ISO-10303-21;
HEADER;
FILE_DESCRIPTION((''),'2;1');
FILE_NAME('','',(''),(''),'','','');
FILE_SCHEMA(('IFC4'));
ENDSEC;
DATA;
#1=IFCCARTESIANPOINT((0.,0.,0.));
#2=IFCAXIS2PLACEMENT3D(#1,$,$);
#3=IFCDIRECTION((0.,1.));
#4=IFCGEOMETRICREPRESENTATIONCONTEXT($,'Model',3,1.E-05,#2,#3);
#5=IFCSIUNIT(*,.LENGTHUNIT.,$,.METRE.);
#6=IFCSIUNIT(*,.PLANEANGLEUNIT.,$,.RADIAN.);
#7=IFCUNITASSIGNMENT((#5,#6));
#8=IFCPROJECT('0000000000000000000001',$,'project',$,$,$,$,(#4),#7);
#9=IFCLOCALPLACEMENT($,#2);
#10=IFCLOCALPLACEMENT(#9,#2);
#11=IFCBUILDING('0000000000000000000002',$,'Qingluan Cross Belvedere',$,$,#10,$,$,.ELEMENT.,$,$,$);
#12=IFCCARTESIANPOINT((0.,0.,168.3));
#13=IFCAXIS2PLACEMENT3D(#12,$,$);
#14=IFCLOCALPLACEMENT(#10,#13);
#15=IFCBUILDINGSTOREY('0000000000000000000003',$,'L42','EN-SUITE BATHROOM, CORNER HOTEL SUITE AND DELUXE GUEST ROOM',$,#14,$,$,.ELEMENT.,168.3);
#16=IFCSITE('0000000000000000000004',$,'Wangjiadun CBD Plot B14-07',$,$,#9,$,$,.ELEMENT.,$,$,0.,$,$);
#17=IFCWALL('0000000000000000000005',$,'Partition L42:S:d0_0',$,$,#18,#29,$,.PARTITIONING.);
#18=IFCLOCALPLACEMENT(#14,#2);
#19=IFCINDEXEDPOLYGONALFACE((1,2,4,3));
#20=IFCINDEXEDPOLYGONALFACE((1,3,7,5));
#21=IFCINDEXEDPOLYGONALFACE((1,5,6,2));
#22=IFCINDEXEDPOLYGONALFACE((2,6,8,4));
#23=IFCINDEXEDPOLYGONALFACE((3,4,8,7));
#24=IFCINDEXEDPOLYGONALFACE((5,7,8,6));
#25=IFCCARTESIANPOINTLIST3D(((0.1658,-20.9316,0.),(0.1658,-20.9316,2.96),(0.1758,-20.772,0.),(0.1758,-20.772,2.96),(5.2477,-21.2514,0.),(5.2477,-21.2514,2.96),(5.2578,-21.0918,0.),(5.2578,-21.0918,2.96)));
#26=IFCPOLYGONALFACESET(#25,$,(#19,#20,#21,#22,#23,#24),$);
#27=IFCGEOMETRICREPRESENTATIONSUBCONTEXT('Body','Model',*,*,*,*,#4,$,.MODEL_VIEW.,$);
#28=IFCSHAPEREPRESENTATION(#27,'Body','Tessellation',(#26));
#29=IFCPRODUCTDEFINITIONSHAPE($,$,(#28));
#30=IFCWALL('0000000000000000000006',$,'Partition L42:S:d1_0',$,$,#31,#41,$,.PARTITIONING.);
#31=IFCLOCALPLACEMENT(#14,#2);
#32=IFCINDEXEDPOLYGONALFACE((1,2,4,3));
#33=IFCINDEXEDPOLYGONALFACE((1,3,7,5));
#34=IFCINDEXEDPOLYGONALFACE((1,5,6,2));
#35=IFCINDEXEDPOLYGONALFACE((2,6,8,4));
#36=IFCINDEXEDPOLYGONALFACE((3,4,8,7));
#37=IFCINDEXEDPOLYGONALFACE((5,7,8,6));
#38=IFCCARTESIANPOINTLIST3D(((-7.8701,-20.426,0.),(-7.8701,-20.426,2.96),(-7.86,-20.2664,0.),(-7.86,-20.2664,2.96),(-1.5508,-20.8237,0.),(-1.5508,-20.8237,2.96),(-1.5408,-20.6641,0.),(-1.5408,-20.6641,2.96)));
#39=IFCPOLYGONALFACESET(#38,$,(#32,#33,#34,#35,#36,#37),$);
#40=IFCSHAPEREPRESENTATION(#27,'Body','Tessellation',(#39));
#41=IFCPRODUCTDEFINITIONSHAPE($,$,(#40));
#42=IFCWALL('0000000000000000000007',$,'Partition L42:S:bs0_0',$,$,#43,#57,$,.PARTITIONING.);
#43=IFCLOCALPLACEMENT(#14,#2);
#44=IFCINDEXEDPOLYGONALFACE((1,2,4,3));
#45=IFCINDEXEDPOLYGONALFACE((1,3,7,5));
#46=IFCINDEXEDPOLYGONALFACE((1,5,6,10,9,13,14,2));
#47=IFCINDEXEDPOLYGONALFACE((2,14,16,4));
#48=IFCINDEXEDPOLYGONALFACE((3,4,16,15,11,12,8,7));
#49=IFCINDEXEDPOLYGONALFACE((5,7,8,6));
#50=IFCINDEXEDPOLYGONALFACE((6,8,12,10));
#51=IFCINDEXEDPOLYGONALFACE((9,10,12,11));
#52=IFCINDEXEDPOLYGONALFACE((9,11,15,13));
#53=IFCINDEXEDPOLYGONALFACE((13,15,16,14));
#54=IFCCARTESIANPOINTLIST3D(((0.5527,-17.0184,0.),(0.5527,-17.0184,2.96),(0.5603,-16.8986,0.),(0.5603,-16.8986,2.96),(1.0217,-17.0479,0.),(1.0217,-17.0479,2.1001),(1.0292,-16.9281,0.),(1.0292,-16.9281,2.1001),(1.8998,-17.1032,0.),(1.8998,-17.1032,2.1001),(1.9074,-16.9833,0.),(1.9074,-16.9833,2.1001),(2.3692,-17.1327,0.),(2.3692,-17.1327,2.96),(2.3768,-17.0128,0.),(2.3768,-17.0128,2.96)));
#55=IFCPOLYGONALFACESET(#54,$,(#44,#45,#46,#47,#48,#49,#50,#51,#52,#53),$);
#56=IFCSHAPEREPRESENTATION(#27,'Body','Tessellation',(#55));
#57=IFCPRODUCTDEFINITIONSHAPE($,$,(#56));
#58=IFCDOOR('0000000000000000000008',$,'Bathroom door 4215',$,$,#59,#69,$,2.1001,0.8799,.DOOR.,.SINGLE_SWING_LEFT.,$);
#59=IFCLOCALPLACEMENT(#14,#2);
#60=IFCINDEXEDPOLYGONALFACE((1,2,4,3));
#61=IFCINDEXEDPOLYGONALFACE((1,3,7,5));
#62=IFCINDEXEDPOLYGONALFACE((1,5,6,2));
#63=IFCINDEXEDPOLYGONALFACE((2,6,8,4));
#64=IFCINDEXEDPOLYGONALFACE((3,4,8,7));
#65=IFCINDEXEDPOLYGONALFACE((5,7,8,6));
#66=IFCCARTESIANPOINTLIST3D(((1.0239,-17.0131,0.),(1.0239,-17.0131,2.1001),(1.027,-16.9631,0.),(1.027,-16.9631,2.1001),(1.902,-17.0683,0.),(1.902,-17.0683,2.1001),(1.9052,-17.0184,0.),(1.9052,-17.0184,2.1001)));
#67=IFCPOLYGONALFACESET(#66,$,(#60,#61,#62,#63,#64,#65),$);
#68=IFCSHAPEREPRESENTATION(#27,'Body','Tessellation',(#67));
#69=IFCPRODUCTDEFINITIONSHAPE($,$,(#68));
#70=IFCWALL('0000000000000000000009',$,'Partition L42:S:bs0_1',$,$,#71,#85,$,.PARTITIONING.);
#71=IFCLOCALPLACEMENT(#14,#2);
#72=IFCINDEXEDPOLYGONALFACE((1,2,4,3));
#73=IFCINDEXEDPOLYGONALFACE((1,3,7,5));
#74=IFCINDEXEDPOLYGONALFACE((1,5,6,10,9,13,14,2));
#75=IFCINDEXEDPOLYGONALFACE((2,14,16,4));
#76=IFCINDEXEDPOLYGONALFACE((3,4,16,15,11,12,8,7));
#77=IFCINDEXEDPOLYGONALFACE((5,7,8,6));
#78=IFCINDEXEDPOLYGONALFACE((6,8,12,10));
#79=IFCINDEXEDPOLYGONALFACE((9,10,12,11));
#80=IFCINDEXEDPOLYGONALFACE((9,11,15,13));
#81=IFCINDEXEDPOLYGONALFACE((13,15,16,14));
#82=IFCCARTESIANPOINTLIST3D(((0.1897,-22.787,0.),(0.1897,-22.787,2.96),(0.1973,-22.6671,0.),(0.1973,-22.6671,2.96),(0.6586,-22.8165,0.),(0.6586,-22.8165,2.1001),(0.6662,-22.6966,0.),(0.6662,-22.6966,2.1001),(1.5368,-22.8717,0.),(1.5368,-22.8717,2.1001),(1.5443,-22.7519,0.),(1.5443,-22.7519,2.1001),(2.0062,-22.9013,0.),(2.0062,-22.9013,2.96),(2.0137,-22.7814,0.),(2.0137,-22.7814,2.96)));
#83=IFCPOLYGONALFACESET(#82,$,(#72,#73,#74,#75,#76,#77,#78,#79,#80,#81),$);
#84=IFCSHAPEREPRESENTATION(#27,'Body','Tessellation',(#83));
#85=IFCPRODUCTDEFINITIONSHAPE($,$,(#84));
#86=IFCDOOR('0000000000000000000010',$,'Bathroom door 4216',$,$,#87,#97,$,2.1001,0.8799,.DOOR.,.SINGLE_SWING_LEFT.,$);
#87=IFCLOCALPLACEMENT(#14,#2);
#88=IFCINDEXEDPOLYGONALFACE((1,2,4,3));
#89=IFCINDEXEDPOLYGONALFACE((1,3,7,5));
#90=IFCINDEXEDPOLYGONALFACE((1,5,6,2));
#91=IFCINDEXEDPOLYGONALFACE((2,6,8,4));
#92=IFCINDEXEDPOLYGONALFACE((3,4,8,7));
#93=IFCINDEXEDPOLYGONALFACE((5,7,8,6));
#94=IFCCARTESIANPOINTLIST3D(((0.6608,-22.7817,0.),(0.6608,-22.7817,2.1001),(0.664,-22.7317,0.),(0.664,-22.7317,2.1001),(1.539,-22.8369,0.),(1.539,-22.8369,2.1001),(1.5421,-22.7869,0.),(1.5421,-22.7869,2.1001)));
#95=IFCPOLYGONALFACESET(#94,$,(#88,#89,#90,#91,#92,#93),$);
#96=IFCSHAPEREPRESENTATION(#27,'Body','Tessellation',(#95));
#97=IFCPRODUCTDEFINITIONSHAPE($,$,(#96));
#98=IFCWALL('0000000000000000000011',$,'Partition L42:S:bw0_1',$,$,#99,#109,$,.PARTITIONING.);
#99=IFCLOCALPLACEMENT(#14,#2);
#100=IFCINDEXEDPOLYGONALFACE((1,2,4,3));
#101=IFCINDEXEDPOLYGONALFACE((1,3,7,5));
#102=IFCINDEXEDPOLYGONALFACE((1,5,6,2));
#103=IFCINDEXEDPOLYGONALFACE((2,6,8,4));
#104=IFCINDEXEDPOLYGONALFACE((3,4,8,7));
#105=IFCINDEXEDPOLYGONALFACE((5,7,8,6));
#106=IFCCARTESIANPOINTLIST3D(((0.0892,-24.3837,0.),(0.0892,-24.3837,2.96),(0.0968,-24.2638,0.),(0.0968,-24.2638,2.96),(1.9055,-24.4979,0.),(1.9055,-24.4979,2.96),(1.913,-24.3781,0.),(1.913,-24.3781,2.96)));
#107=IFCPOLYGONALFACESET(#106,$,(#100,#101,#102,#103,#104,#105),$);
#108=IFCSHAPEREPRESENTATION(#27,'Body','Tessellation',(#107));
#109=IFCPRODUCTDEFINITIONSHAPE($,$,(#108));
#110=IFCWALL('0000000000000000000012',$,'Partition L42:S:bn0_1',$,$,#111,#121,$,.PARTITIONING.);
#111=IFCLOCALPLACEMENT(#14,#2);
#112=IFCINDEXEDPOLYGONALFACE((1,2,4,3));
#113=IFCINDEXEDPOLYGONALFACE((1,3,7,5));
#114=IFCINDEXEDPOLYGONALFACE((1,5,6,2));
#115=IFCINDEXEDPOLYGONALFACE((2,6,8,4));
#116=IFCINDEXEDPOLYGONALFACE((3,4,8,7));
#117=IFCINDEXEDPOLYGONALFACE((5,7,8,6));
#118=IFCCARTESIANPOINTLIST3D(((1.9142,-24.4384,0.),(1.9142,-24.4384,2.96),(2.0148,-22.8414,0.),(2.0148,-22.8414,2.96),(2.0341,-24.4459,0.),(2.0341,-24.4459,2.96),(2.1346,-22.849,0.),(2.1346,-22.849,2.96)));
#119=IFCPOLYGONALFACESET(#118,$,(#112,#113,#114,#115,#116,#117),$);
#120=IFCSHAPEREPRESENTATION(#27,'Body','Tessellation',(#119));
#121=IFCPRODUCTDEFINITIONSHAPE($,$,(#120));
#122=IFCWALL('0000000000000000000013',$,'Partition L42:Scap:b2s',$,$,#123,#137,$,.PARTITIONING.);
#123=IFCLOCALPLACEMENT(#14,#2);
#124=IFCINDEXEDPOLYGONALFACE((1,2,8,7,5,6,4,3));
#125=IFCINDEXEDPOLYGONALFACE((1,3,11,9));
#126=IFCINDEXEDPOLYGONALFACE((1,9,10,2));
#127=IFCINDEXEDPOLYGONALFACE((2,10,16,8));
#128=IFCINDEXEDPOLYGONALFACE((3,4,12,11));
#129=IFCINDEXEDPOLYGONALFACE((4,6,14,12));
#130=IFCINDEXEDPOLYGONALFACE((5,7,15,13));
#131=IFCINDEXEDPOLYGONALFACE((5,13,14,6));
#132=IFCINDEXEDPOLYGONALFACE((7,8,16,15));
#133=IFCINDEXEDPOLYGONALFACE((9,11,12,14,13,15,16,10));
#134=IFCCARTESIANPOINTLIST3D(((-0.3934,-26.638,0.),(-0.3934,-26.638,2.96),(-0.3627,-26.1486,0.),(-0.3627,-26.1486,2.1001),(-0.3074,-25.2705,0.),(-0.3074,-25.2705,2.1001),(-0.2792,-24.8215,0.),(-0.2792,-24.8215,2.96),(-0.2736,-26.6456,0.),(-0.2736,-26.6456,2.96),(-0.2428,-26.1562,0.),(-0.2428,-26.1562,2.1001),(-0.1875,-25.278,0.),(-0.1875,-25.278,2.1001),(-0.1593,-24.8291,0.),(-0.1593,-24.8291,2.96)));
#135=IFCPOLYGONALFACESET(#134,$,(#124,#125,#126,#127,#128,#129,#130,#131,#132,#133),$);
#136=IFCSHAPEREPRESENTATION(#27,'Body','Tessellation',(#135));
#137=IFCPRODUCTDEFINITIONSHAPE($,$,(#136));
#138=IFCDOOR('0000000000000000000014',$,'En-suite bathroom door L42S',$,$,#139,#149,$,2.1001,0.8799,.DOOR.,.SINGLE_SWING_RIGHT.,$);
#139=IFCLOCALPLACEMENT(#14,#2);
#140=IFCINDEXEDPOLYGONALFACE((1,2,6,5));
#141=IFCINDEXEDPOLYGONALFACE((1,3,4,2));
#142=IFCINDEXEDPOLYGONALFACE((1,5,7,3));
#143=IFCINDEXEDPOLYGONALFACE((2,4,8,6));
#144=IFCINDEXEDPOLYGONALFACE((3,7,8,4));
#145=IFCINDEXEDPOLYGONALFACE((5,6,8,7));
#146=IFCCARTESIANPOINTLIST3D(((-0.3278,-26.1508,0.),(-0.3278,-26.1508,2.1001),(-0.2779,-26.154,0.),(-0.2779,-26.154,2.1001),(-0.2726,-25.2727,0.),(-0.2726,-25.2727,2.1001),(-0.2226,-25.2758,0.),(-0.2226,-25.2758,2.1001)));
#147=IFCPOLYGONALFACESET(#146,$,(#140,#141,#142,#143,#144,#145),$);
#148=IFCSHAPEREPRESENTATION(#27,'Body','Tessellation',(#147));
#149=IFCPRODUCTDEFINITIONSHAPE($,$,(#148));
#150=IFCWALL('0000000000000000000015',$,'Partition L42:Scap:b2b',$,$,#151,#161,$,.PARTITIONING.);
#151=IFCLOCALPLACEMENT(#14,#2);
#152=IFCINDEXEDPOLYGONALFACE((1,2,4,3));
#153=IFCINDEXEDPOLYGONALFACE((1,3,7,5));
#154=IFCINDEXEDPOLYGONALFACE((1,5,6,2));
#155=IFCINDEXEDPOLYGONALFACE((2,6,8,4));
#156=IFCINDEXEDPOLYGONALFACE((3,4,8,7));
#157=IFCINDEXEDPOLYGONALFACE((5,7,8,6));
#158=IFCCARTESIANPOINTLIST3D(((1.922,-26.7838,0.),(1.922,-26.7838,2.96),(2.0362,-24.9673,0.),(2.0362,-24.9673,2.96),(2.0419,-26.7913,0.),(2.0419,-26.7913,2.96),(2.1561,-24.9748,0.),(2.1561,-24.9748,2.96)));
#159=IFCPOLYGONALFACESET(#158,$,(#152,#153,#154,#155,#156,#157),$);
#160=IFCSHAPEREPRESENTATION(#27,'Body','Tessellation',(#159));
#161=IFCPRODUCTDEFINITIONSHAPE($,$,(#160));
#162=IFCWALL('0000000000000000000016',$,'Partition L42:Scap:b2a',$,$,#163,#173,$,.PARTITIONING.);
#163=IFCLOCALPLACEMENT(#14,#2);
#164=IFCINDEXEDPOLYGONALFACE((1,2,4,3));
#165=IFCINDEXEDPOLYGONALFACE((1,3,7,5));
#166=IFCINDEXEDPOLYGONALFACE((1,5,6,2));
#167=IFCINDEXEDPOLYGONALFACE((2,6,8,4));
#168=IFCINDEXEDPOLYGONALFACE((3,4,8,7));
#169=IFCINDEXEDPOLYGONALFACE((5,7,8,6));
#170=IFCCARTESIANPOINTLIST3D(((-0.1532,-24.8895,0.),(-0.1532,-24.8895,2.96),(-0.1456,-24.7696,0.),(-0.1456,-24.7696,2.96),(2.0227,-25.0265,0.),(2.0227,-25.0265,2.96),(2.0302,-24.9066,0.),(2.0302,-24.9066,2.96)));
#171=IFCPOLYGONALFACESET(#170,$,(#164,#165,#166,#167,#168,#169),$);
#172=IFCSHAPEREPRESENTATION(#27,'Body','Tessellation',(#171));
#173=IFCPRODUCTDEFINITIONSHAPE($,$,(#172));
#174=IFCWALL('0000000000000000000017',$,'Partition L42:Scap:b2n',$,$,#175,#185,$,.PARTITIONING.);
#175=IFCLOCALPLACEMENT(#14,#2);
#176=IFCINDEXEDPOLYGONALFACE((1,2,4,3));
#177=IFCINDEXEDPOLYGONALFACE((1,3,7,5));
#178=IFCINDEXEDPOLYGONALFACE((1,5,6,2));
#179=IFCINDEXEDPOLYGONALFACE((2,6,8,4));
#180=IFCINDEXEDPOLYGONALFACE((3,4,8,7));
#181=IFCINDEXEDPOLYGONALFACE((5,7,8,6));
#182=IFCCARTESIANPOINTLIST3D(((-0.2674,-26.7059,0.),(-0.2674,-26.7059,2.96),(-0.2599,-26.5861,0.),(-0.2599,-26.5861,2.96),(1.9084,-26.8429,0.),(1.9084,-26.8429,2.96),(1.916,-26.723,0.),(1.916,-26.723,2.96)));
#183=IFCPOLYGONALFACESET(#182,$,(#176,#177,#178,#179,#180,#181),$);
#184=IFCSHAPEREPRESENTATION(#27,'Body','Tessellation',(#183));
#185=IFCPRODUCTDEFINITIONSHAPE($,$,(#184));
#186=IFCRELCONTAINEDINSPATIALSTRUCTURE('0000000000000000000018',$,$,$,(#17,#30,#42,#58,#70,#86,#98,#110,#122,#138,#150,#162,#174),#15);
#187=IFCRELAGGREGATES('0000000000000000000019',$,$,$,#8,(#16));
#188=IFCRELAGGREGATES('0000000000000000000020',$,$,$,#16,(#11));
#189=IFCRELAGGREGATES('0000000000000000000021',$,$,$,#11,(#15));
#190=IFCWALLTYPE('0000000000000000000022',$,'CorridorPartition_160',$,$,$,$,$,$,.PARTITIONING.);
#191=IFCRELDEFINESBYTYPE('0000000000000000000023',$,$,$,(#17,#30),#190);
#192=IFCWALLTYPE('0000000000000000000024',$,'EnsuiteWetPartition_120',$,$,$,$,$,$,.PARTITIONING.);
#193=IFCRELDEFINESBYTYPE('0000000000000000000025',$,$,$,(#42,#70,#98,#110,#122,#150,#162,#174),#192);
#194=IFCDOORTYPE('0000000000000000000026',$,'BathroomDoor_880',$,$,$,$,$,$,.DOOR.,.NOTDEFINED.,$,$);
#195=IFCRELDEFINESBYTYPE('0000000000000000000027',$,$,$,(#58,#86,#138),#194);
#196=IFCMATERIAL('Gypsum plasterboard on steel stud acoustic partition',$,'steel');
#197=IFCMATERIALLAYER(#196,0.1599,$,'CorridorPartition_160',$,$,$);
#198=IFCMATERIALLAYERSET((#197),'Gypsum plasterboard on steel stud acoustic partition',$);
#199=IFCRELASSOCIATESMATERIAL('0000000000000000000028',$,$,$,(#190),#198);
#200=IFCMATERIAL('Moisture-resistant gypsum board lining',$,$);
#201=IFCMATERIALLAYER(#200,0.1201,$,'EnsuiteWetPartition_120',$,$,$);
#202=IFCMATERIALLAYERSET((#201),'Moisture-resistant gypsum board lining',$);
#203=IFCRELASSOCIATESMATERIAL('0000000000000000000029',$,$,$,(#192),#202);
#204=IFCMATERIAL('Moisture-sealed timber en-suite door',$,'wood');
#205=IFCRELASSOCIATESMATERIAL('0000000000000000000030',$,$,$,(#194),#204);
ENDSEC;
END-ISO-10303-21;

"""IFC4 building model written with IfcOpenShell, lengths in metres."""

from ifc_helpers import new_model, si_unit, direction, frame, frame_2d, origin, place, context, subcontext, project, spatial, rectangle, extrude, material, layer, layer_set, type_object, element, fill, save


model = new_model("IFC4")

# Units and contexts
model_context = context("Model", 3, precision=1e-05, world=origin(), true_north=direction((0.0, 1.0)))
body_context = subcontext(model_context, "Body", "Model", "MODEL_VIEW")
ifc_project = project(units=[si_unit("LENGTHUNIT", "METRE"), si_unit("PLANEANGLEUNIT", "RADIAN")], contexts=[model_context])

# Site, building, storey
site_placement = place(None, origin())
site = spatial("IfcSite", under=ifc_project, at=site_placement, Name="Wangjiadun CBD Plot B14-07", CompositionType="ELEMENT", RefElevation=0.0)
building_placement = place(site_placement, origin())
building = spatial("IfcBuilding", under=site, at=building_placement, Name="Qingluan Cross Belvedere", CompositionType="ELEMENT")
storey_placement = place(building_placement, frame((0.0, 0.0, 168.3)))
storey = spatial("IfcBuildingStorey", under=building, at=storey_placement, Name="L42", Description="EN-SUITE BATHROOM, CORNER HOTEL SUITE AND DELUXE GUEST ROOM", CompositionType="ELEMENT", Elevation=168.3)

# Walls
ifc_material_1 = material(Name="Gypsum plasterboard on steel stud acoustic partition", Category="steel")
ifc_layer_1 = layer(ifc_material_1, 0.1599, Name="CorridorPartition_160")
ifc_layer_set_1 = layer_set([ifc_layer_1], Name="Gypsum plasterboard on steel stud acoustic partition")
wall_type_1 = type_object("IfcWallType", Name="CorridorPartition_160", PredefinedType="PARTITIONING", material=ifc_layer_set_1)
wall_1_placement = place(storey_placement, frame((0.1709, -20.8518, 0.0), z_axis=(0.0, 0.0, 1.0), x_axis=(0.998026, -0.062808, 0.0)))
element("IfcWall", 1, at=wall_1_placement, inside=storey, type_object=wall_type_1, Name="Partition L42:S:d0_0", PredefinedType="PARTITIONING", context=body_context, shape_type="SweptSolid", body=[
    extrude(rectangle(XDim=5.092, YDim=0.1599, at=frame_2d((2.5459, 0.0))), origin(), (0.0, 0.0, 1.0), 2.96),
])
wall_2_placement = place(storey_placement, frame((-1.5457, -20.7439, 0.0), z_axis=(0.0, 0.0, 1.0), x_axis=(-0.998025, 0.06281, 0.0)))
element("IfcWall", 2, at=wall_2_placement, inside=storey, type_object=wall_type_1, Name="Partition L42:S:d1_0", PredefinedType="PARTITIONING", context=body_context, shape_type="SweptSolid", body=[
    extrude(rectangle(XDim=6.3318, YDim=0.1599, at=frame_2d((3.166, 0.0))), origin(), (0.0, 0.0, 1.0), 2.96),
])

# Walls, openings, doors
ifc_material_2 = material(Name="Moisture-resistant gypsum board lining")
ifc_layer_2 = layer(ifc_material_2, 0.1201, Name="EnsuiteWetPartition_120")
ifc_layer_set_2 = layer_set([ifc_layer_2], Name="Moisture-resistant gypsum board lining")
wall_type_2 = type_object("IfcWallType", Name="EnsuiteWetPartition_120", PredefinedType="PARTITIONING", material=ifc_layer_set_2)
wall_3_placement = place(storey_placement, frame((0.5564, -16.9585, 0.0), z_axis=(0.0, 0.0, 1.0), x_axis=(0.998027, -0.062779, 0.0)))
wall_3 = element("IfcWall", 3, at=wall_3_placement, inside=storey, type_object=wall_type_2, Name="Partition L42:S:bs0_0", PredefinedType="PARTITIONING", context=body_context, shape_type="SweptSolid", body=[
    extrude(rectangle(XDim=1.8201, YDim=0.1201, at=frame_2d((0.9102, 0.0))), origin(), (0.0, 0.0, 1.0), 2.96),
])
opening_1_placement = place(wall_3_placement, frame((0.47, 0.0, 0.0)))
opening_1 = element("IfcOpeningElement", 4, at=opening_1_placement, cuts=wall_3, PredefinedType="OPENING", context=body_context, shape_type="SweptSolid", body=[
    extrude(rectangle(XDim=0.8799, YDim=2.1001, at=frame_2d((0.4399, 1.05))), frame((0.0, 0.0701, 0.0), z_axis=(0.0, -1.0, 0.0), x_axis=(1.0, 0.0, 0.0)), (0.0, 0.0, 1.0), 0.1401),
])
ifc_material_3 = material(Name="Moisture-sealed timber en-suite door", Category="wood")
door_type = type_object("IfcDoorType", Name="BathroomDoor_880", OperationType="NOTDEFINED", PredefinedType="DOOR", material=ifc_material_3)
door_1_placement = place(opening_1_placement, origin())
door_1 = element("IfcDoor", 5, at=door_1_placement, inside=storey, type_object=door_type, Name="Bathroom door 4215", OperationType="SINGLE_SWING_LEFT", OverallHeight=2.1001, OverallWidth=0.8799, PredefinedType="DOOR", context=body_context, shape_type="SweptSolid", body=[
    extrude(rectangle(XDim=0.8799, YDim=2.1001, at=frame_2d((0.4399, 1.05))), frame((0.0, 0.0249, 0.0), z_axis=(0.0, -1.0, 0.0), x_axis=(1.0, 0.0, 0.0)), (0.0, 0.0, 1.0), 0.05),
])
fill(opening_1, door_1)
wall_4_placement = place(storey_placement, frame((0.1934, -22.7271, 0.0), z_axis=(0.0, 0.0, 1.0), x_axis=(0.998027, -0.062779, 0.0)))
wall_4 = element("IfcWall", 6, at=wall_4_placement, inside=storey, type_object=wall_type_2, Name="Partition L42:S:bs0_1", PredefinedType="PARTITIONING", context=body_context, shape_type="SweptSolid", body=[
    extrude(rectangle(XDim=1.8201, YDim=0.1201, at=frame_2d((0.9102, 0.0))), origin(), (0.0, 0.0, 1.0), 2.96),
])
opening_2_placement = place(wall_4_placement, frame((0.47, 0.0, 0.0)))
opening_2 = element("IfcOpeningElement", 7, at=opening_2_placement, cuts=wall_4, PredefinedType="OPENING", context=body_context, shape_type="SweptSolid", body=[
    extrude(rectangle(XDim=0.8799, YDim=2.1001, at=frame_2d((0.4399, 1.05))), frame((0.0, 0.0701, 0.0), z_axis=(0.0, -1.0, 0.0), x_axis=(1.0, 0.0, 0.0)), (0.0, 0.0, 1.0), 0.1401),
])
door_2_placement = place(opening_2_placement, origin())
door_2 = element("IfcDoor", 8, at=door_2_placement, inside=storey, type_object=door_type, Name="Bathroom door 4216", OperationType="SINGLE_SWING_LEFT", OverallHeight=2.1001, OverallWidth=0.8799, PredefinedType="DOOR", context=body_context, shape_type="SweptSolid", body=[
    extrude(rectangle(XDim=0.8799, YDim=2.1001, at=frame_2d((0.4399, 1.05))), frame((0.0, 0.0249, 0.0), z_axis=(0.0, -1.0, 0.0), x_axis=(1.0, 0.0, 0.0)), (0.0, 0.0, 1.0), 0.05),
])
fill(opening_2, door_2)

# Walls
wall_5_placement = place(storey_placement, frame((0.093, -24.3237, 0.0), z_axis=(0.0, 0.0, 1.0), x_axis=(0.998027, -0.062788, 0.0)))
element("IfcWall", 9, at=wall_5_placement, inside=storey, type_object=wall_type_2, Name="Partition L42:S:bw0_1", PredefinedType="PARTITIONING", context=body_context, shape_type="SweptSolid", body=[
    extrude(rectangle(XDim=1.8198, YDim=0.1201, at=frame_2d((0.9099, 0.0))), origin(), (0.0, 0.0, 1.0), 2.96),
])
wall_6_placement = place(storey_placement, frame((2.0747, -22.8452, 0.0), z_axis=(0.0, 0.0, 1.0), x_axis=(-0.062863, -0.998022, 0.0)))
element("IfcWall", 10, at=wall_6_placement, inside=storey, type_object=wall_type_2, Name="Partition L42:S:bn0_1", PredefinedType="PARTITIONING", context=body_context, shape_type="SweptSolid", body=[
    extrude(rectangle(XDim=1.6001, YDim=0.1201, at=frame_2d((0.8, 0.0))), origin(), (0.0, 0.0, 1.0), 2.96),
])

# Wall, opening, door
wall_7_placement = place(storey_placement, frame((-0.2192, -24.8252, 0.0), z_axis=(0.0, 0.0, 1.0), x_axis=(-0.062779, -0.998027, 0.0)))
wall_7 = element("IfcWall", 11, at=wall_7_placement, inside=storey, type_object=wall_type_2, Name="Partition L42:Scap:b2s", PredefinedType="PARTITIONING", context=body_context, shape_type="SweptSolid", body=[
    extrude(rectangle(XDim=1.8201, YDim=0.1201, at=frame_2d((0.9102, 0.0))), origin(), (0.0, 0.0, 1.0), 2.96),
])
opening_3_placement = place(wall_7_placement, frame((0.45, 0.0, 0.0)))
opening_3 = element("IfcOpeningElement", 12, at=opening_3_placement, cuts=wall_7, PredefinedType="OPENING", context=body_context, shape_type="SweptSolid", body=[
    extrude(rectangle(XDim=0.8799, YDim=2.1001, at=frame_2d((0.4399, 1.05))), frame((0.0, 0.0701, 0.0), z_axis=(0.0, -1.0, 0.0), x_axis=(1.0, 0.0, 0.0)), (0.0, 0.0, 1.0), 0.1401),
])
door_3_placement = place(opening_3_placement, origin())
door_3 = element("IfcDoor", 13, at=door_3_placement, inside=storey, type_object=door_type, Name="En-suite bathroom door L42S", OperationType="SINGLE_SWING_RIGHT", OverallHeight=2.1001, OverallWidth=0.8799, PredefinedType="DOOR", context=body_context, shape_type="SweptSolid", body=[
    extrude(rectangle(XDim=0.8799, YDim=2.1001, at=frame_2d((0.4399, 1.05))), frame((0.0, 0.0249, 0.0), z_axis=(0.0, -1.0, 0.0), x_axis=(1.0, 0.0, 0.0)), (0.0, 0.0, 1.0), 0.05),
])
fill(opening_3, door_3)

# Walls
wall_8_placement = place(storey_placement, frame((2.0962, -24.9709, 0.0), z_axis=(0.0, 0.0, 1.0), x_axis=(-0.062779, -0.998027, 0.0)))
element("IfcWall", 14, at=wall_8_placement, inside=storey, type_object=wall_type_2, Name="Partition L42:Scap:b2b", PredefinedType="PARTITIONING", context=body_context, shape_type="SweptSolid", body=[
    extrude(rectangle(XDim=1.8201, YDim=0.1201, at=frame_2d((0.9102, 0.0))), origin(), (0.0, 0.0, 1.0), 2.96),
])
for number, where, z_axis, x_axis, name in (
    (15, (-0.1494, -24.8296, 0.0), (0.0, 0.0, 1.0), (0.998025, -0.062824, 0.0), "Partition L42:Scap:b2a"),
    (16, (-0.2637, -26.646, 0.0), (0.0, 0.0, 1.0), (0.998025, -0.062824, 0.0), "Partition L42:Scap:b2n"),
):
    element("IfcWall", number, at=place(storey_placement, frame(where, z_axis=z_axis, x_axis=x_axis)), inside=storey, type_object=wall_type_2, Name=name, PredefinedType="PARTITIONING", context=body_context, shape_type="SweptSolid", body=[
        extrude(rectangle(XDim=2.1802, YDim=0.1201, at=frame_2d((1.0901, 0.0))), origin(), (0.0, 0.0, 1.0), 2.96),
    ])

save(model, "model.ifc")
